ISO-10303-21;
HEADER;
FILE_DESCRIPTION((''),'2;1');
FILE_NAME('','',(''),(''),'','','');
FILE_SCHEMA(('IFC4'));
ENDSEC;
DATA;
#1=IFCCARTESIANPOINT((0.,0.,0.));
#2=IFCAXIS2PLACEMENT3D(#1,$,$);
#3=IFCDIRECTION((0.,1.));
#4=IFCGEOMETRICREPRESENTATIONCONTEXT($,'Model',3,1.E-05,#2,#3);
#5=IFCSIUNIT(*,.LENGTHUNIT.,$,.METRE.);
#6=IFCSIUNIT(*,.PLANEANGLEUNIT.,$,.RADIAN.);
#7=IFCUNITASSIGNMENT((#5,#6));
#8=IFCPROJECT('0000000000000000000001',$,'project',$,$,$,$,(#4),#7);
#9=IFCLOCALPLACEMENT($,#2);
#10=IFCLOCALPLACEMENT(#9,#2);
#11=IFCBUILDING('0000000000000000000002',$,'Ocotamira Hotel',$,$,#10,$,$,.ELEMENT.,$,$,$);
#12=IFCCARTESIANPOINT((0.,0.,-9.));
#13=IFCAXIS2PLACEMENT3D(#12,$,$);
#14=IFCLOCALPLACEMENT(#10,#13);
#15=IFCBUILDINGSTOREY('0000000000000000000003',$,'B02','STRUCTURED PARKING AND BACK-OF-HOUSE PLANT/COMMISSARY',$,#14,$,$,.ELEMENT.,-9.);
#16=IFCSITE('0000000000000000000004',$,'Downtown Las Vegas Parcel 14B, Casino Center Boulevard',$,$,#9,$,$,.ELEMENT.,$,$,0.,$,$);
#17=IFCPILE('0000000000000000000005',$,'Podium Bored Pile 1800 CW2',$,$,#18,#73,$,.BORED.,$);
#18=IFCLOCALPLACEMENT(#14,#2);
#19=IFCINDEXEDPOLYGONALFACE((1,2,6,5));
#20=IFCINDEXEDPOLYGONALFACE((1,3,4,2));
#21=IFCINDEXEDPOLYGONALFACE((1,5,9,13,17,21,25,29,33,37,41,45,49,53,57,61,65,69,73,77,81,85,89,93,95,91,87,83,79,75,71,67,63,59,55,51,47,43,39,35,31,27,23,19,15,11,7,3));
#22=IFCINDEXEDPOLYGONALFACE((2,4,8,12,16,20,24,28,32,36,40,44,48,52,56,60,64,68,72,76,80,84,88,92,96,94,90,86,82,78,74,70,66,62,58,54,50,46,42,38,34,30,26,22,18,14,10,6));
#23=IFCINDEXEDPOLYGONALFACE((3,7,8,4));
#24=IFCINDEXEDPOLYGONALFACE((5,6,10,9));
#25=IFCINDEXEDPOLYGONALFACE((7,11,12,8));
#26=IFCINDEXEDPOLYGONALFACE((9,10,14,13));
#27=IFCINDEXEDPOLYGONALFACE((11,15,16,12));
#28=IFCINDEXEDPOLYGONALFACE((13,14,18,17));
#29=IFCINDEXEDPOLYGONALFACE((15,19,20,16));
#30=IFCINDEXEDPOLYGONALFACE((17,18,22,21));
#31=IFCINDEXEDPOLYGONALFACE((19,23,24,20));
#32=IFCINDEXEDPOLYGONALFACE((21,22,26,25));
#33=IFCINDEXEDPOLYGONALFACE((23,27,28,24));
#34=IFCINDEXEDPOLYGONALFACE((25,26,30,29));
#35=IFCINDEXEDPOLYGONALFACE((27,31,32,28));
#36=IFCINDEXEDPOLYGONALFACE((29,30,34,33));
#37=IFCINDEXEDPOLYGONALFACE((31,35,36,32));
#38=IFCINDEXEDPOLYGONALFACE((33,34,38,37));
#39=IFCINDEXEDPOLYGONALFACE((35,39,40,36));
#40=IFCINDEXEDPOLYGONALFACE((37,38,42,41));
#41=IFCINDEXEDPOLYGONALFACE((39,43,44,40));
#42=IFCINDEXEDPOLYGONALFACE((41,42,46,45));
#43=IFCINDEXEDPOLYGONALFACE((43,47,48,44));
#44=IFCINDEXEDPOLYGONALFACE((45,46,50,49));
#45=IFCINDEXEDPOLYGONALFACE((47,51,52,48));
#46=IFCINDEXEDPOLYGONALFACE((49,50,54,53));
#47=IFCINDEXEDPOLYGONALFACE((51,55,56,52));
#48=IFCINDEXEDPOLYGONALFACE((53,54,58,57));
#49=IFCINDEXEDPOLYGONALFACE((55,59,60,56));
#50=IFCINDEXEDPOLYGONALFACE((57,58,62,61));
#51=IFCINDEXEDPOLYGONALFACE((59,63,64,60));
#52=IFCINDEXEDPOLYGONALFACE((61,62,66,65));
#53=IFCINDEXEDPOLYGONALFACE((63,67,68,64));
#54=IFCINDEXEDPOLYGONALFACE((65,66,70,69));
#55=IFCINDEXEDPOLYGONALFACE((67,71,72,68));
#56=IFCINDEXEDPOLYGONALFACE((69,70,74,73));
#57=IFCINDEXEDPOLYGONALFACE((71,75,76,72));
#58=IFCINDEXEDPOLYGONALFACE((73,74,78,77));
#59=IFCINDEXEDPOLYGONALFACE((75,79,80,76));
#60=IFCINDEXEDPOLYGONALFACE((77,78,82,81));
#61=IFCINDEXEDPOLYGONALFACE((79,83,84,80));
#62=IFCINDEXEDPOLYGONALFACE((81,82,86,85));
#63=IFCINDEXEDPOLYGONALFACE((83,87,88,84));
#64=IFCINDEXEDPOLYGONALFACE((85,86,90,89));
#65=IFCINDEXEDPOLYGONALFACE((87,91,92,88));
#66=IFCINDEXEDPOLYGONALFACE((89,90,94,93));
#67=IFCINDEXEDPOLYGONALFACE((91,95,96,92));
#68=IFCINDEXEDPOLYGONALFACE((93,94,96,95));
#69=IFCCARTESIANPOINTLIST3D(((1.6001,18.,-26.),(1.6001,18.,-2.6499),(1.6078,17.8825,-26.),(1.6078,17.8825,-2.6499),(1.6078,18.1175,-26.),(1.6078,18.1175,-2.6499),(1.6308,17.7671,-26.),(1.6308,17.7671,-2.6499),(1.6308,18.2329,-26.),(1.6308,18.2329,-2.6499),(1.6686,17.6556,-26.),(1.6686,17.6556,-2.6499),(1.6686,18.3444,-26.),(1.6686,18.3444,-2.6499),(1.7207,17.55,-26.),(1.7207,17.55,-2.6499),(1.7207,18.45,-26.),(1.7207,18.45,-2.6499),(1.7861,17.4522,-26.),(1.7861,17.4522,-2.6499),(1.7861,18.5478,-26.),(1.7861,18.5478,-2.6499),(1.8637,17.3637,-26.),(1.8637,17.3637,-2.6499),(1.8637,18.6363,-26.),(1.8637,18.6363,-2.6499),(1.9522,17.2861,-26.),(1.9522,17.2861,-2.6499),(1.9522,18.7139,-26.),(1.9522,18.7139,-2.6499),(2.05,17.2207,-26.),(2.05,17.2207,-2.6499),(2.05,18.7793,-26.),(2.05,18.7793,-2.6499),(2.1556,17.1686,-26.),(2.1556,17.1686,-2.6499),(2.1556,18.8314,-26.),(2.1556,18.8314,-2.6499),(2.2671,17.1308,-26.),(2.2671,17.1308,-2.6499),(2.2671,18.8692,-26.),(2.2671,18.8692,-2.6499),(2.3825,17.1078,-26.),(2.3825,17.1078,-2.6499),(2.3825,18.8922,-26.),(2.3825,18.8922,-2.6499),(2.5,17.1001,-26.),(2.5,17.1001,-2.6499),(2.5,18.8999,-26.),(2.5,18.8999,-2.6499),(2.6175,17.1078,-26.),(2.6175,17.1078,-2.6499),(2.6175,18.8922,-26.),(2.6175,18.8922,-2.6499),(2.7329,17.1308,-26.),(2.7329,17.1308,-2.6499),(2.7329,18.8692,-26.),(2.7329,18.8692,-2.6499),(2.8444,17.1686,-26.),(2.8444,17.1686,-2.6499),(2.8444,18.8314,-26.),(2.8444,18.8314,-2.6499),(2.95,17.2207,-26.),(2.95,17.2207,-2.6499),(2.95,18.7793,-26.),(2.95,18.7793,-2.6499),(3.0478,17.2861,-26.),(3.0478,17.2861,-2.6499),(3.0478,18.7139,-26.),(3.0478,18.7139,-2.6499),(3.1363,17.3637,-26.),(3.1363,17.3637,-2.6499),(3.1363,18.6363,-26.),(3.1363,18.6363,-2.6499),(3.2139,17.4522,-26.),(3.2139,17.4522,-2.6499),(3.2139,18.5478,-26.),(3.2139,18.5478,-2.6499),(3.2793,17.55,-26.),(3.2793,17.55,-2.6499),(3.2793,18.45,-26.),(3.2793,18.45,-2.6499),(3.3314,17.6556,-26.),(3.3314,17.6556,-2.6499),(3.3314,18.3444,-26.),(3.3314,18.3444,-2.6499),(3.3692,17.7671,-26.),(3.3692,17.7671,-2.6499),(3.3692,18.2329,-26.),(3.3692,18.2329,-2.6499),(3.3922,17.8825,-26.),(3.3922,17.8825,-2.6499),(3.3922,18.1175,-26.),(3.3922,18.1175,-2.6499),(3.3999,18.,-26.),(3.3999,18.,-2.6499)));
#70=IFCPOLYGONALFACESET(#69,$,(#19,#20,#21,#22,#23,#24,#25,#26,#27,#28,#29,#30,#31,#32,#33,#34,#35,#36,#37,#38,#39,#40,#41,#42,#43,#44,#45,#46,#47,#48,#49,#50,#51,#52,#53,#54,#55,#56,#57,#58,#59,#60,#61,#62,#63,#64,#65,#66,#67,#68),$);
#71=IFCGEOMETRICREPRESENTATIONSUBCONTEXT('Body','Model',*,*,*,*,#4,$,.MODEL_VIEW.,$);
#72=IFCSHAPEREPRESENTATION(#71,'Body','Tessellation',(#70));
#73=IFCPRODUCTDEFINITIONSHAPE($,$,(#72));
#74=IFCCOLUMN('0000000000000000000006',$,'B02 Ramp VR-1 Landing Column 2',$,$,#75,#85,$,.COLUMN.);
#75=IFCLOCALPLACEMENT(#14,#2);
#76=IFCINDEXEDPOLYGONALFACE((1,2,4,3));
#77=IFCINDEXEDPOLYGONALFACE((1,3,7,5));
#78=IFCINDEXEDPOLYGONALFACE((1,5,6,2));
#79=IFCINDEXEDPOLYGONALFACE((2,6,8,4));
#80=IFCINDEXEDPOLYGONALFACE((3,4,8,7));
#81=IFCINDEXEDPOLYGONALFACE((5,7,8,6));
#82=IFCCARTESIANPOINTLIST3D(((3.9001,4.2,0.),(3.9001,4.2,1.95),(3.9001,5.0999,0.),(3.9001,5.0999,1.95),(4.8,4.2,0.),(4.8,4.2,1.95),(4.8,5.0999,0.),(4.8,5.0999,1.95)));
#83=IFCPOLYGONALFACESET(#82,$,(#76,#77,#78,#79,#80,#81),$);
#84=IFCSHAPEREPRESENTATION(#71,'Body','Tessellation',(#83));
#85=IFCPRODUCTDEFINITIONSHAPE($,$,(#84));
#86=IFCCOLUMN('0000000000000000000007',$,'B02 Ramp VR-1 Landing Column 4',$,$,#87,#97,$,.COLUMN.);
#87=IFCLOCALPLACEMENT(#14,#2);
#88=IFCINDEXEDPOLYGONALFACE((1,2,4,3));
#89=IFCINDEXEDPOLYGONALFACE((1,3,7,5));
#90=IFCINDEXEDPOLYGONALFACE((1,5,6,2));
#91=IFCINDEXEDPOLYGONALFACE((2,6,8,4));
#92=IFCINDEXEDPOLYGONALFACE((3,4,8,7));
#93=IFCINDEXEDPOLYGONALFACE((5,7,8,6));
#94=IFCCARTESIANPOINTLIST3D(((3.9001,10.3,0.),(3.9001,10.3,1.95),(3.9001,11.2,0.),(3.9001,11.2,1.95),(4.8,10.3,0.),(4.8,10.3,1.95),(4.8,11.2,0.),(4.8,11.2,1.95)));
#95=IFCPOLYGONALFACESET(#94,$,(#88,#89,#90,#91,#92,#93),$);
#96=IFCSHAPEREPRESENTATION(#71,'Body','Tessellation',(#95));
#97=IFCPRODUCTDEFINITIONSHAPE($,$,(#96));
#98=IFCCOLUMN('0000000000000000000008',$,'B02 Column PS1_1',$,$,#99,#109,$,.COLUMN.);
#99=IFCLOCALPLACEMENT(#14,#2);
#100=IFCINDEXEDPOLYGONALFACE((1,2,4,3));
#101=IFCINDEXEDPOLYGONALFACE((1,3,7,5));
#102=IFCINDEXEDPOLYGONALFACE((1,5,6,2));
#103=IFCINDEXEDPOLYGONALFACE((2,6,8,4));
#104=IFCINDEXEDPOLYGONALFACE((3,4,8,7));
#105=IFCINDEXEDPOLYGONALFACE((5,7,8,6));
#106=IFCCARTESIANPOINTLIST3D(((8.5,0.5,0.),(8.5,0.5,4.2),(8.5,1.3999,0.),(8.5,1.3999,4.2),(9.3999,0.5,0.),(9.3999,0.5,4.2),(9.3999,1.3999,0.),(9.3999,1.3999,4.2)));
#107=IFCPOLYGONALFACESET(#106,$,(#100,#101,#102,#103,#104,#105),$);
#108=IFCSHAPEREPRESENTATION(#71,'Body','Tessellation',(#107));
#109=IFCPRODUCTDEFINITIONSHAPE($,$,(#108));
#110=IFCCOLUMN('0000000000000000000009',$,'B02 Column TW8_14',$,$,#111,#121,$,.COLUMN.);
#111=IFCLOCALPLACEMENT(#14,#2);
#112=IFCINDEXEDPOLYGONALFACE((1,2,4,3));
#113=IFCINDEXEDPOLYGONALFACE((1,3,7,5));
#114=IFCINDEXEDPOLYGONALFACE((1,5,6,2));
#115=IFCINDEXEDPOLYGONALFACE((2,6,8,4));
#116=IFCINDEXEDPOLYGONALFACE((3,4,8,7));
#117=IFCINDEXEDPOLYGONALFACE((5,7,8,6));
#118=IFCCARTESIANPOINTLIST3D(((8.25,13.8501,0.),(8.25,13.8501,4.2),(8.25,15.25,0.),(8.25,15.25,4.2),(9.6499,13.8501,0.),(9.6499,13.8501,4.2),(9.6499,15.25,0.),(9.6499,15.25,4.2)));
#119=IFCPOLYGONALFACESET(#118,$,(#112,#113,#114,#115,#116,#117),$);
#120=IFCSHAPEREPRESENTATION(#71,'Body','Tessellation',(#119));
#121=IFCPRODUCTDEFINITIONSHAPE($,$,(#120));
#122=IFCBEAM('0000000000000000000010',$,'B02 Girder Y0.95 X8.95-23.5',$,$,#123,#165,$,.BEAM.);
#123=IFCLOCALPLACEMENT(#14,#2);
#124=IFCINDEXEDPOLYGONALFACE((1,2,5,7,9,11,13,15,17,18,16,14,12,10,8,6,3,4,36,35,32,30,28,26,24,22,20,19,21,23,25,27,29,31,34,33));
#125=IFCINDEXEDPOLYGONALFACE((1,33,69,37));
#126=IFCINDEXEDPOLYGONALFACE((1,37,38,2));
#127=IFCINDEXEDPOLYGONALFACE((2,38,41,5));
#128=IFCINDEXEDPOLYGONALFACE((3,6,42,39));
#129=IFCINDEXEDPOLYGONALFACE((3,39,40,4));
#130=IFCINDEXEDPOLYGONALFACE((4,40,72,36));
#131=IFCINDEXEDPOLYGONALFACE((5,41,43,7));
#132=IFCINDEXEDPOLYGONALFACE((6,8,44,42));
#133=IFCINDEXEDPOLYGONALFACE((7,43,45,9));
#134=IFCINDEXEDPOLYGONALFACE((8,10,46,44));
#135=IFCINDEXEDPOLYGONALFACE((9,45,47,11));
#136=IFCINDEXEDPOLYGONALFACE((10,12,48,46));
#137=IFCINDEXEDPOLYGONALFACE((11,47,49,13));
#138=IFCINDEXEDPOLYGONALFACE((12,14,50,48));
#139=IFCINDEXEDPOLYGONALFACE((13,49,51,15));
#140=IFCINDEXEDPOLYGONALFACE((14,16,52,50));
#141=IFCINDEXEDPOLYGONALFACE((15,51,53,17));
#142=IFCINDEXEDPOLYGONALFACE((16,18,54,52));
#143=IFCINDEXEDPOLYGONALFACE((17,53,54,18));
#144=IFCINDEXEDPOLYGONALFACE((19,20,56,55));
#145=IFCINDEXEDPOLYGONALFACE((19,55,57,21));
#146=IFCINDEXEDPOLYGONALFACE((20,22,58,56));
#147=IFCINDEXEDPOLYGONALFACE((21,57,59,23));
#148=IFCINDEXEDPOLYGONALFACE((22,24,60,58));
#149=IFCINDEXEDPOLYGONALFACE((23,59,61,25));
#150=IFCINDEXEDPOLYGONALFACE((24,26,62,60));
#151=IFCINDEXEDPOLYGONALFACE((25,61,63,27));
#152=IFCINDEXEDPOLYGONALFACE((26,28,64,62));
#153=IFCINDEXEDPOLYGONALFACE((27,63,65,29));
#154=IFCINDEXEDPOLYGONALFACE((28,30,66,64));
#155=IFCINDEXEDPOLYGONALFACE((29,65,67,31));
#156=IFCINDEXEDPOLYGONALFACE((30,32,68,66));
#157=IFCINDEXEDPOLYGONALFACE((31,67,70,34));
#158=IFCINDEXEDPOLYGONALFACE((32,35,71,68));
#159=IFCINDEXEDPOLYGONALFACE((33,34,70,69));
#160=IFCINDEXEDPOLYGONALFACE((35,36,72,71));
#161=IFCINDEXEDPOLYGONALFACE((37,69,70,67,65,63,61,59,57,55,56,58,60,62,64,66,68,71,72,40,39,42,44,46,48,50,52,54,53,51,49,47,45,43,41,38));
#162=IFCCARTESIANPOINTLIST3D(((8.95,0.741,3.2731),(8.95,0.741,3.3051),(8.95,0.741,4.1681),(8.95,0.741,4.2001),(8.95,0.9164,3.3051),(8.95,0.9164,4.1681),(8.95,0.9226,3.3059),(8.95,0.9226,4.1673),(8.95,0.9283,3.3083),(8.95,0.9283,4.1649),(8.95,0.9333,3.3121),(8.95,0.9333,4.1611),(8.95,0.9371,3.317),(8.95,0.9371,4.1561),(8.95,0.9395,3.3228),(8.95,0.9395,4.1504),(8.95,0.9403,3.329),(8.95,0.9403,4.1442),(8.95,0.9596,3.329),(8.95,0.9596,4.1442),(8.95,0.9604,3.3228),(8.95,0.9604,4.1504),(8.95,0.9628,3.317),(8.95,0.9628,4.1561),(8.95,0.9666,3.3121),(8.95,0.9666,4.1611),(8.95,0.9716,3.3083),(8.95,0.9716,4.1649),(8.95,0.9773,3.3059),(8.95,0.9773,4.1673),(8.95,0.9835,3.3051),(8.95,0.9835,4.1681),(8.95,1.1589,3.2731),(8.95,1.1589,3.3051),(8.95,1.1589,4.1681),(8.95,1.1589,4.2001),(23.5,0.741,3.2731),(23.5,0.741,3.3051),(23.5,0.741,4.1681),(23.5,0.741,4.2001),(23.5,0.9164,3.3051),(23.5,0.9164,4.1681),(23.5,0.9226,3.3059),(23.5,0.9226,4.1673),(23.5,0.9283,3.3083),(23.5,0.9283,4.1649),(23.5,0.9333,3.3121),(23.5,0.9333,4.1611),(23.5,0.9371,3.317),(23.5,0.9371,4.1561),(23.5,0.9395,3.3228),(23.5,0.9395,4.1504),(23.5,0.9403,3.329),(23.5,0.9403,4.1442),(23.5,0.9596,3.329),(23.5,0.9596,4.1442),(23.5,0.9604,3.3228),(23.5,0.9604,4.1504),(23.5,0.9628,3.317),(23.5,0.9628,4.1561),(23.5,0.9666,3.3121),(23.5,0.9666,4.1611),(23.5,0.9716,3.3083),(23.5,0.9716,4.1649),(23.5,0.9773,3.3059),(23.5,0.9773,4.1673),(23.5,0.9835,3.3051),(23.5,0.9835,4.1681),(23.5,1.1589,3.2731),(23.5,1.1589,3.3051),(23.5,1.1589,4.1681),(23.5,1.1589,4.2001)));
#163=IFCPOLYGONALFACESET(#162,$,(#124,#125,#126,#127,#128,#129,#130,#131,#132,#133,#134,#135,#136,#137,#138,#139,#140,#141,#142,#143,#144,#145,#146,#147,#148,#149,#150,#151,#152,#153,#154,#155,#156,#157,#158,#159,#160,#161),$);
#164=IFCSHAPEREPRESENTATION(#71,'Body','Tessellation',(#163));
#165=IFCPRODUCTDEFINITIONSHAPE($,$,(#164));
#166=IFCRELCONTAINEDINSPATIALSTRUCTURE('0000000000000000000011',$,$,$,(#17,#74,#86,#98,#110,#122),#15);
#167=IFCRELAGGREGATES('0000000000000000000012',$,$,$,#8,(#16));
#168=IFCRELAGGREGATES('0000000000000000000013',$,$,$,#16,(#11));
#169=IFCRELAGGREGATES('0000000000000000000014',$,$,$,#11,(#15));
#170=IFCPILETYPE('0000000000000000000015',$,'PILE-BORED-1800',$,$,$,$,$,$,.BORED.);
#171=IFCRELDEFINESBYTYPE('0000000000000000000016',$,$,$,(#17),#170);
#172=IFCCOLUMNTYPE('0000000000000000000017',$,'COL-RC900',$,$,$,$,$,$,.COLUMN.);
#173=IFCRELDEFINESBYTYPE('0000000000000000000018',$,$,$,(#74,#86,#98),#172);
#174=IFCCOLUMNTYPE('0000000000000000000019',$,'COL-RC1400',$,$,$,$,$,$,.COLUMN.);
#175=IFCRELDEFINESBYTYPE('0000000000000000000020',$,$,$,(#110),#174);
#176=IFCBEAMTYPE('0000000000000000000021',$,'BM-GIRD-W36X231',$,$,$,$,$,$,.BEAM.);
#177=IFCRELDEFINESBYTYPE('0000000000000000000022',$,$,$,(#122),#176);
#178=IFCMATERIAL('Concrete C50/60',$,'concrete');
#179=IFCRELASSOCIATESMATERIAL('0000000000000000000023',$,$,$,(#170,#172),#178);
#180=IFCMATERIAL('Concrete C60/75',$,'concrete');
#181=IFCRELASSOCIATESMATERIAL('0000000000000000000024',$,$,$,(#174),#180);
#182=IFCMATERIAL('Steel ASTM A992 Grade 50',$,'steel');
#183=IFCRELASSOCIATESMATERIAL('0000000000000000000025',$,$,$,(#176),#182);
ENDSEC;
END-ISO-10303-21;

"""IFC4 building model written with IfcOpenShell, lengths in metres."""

from ifc_helpers import new_model, si_unit, direction, frame, origin, origin_2d, place, context, subcontext, project, spatial, rectangle, circle, i_section, extrude, source, transform, mapped, material, material_profile, profile_set, type_object, element, save


model = new_model("IFC4")

# Units and contexts
model_context = context("Model", 3, precision=1e-05, world=origin(), true_north=direction((0.0, 1.0)))
body_context = subcontext(model_context, "Body", "Model", "MODEL_VIEW")
ifc_project = project(units=[si_unit("LENGTHUNIT", "METRE"), si_unit("PLANEANGLEUNIT", "RADIAN")], contexts=[model_context])

# Site, building, storey
site_placement = place(None, origin())
site = spatial("IfcSite", under=ifc_project, at=site_placement, Name="Downtown Las Vegas Parcel 14B, Casino Center Boulevard", CompositionType="ELEMENT", RefElevation=0.0)
building_placement = place(site_placement, origin())
building = spatial("IfcBuilding", under=site, at=building_placement, Name="Ocotamira Hotel", CompositionType="ELEMENT")
storey_placement = place(building_placement, frame((0.0, 0.0, -9.0)))
storey = spatial("IfcBuildingStorey", under=building, at=storey_placement, Name="B02", Description="STRUCTURED PARKING AND BACK-OF-HOUSE PLANT/COMMISSARY", CompositionType="ELEMENT", Elevation=-9.0)

# Pile
ifc_material_1 = material(Name="Concrete C50/60", Category="concrete")
ifc_material_profile_1 = material_profile(ifc_material_1, circle(Radius=0.8999, at=origin_2d()), Name="PILE1800")
ifc_profile_set_1 = profile_set([ifc_material_profile_1], Name="Concrete C50/60")
pile_type = type_object("IfcPileType", Name="PILE-BORED-1800", PredefinedType="BORED", material=ifc_profile_set_1)
shared_shape_1 = source(origin(), body_context, "Body", "SweptSolid", [
    extrude(circle(Radius=0.8999, at=origin_2d()), origin(), (0.0, 0.0, 1.0), 23.3501),
])
pile_placement = place(storey_placement, frame((2.5, 18.0, -2.6499), z_axis=(0.0, 0.0, -1.0), x_axis=(1.0, 0.0, 0.0)))
element("IfcPile", 1, at=pile_placement, inside=storey, type_object=pile_type, Name="Podium Bored Pile 1800 CW2", PredefinedType="BORED", context=body_context, shape_type="MappedRepresentation", body=[
    mapped(shared_shape_1, transform((0.0, 0.0, 0.0), scale=1.0)),
])

# Columns
ifc_material_profile_2 = material_profile(ifc_material_1, rectangle(XDim=0.8999, YDim=0.8999, at=origin_2d()), Name="RC900X900")
ifc_profile_set_2 = profile_set([ifc_material_profile_2], Name="Concrete C50/60")
column_type_1 = type_object("IfcColumnType", Name="COL-RC900", PredefinedType="COLUMN", material=ifc_profile_set_2)
shared_shape_2 = source(origin(), body_context, "Body", "SweptSolid", [
    extrude(rectangle(XDim=0.8999, YDim=0.8999, at=origin_2d()), origin(), (0.0, 0.0, 1.0), 1.95),
])
for number, where, z_axis, x_axis, name in (
    (2, (4.3501, 4.6499, 0.0), (0.0, 0.0, 1.0), (1.0, 0.0, 0.0), "B02 Ramp VR-1 Landing Column 2"),
    (3, (4.3501, 10.75, 0.0), (0.0, 0.0, 1.0), (1.0, 0.0, 0.0), "B02 Ramp VR-1 Landing Column 4"),
):
    element("IfcColumn", number, at=place(storey_placement, frame(where, z_axis=z_axis, x_axis=x_axis)), inside=storey, type_object=column_type_1, Name=name, PredefinedType="COLUMN", context=body_context, shape_type="MappedRepresentation", body=[
        mapped(shared_shape_2, transform((0.0, 0.0, 0.0), scale=1.0)),
    ])
shared_shape_3 = source(origin(), body_context, "Body", "SweptSolid", [
    extrude(rectangle(XDim=0.8999, YDim=0.8999, at=origin_2d()), origin(), (0.0, 0.0, 1.0), 4.2),
])
column_1_placement = place(storey_placement, frame((8.95, 0.95, 0.0), z_axis=(0.0, 0.0, 1.0), x_axis=(1.0, 0.0, 0.0)))
element("IfcColumn", 4, at=column_1_placement, inside=storey, type_object=column_type_1, Name="B02 Column PS1_1", PredefinedType="COLUMN", context=body_context, shape_type="MappedRepresentation", body=[
    mapped(shared_shape_3, transform((0.0, 0.0, 0.0), scale=1.0)),
])
ifc_material_2 = material(Name="Concrete C60/75", Category="concrete")
ifc_material_profile_3 = material_profile(ifc_material_2, rectangle(XDim=1.3999, YDim=1.3999, at=origin_2d()), Name="RC1400X1400")
ifc_profile_set_3 = profile_set([ifc_material_profile_3], Name="Concrete C60/75")
column_type_2 = type_object("IfcColumnType", Name="COL-RC1400", PredefinedType="COLUMN", material=ifc_profile_set_3)
shared_shape_4 = source(origin(), body_context, "Body", "SweptSolid", [
    extrude(rectangle(XDim=1.3999, YDim=1.3999, at=origin_2d()), origin(), (0.0, 0.0, 1.0), 4.2),
])
column_2_placement = place(storey_placement, frame((8.95, 14.55, 0.0), z_axis=(0.0, 0.0, 1.0), x_axis=(1.0, 0.0, 0.0)))
element("IfcColumn", 5, at=column_2_placement, inside=storey, type_object=column_type_2, Name="B02 Column TW8_14", PredefinedType="COLUMN", context=body_context, shape_type="MappedRepresentation", body=[
    mapped(shared_shape_4, transform((0.0, 0.0, 0.0), scale=1.0)),
])

# Beam
ifc_material_3 = material(Name="Steel ASTM A992 Grade 50", Category="steel")
ifc_material_profile_4 = material_profile(ifc_material_3, i_section(OverallWidth=0.418, OverallDepth=0.927, WebThickness=0.0193, FlangeThickness=0.032, FilletRadius=0.0239, at=origin_2d()), Name="W36X231")
ifc_profile_set_4 = profile_set([ifc_material_profile_4], Name="Steel ASTM A992 Grade 50")
beam_type_1 = type_object("IfcBeamType", Name="BM-GIRD-W36X231", PredefinedType="BEAM", material=ifc_profile_set_4)
shared_shape_5 = source(origin(), body_context, "Body", "SweptSolid", [
    extrude(i_section(OverallWidth=0.418, OverallDepth=0.927, WebThickness=0.0193, FlangeThickness=0.032, FilletRadius=0.0239, at=origin_2d()), origin(), (0.0, 0.0, 1.0), 14.55),
])
for number, where, z_axis, x_axis, name in (
    (6, (8.95, 0.95, 3.7366), (1.0, 0.0, 0.0), (0.0, 1.0, 0.0), "B02 Girder Y0.95 X8.95-23.5"),
):
    element("IfcBeam", number, at=place(storey_placement, frame(where, z_axis=z_axis, x_axis=x_axis)), inside=storey, type_object=beam_type_1, Name=name, PredefinedType="BEAM", context=body_context, shape_type="MappedRepresentation", body=[
        mapped(shared_shape_5, transform((0.0, 0.0, 0.0), scale=1.0)),
    ])

save(model, "model.ifc")
